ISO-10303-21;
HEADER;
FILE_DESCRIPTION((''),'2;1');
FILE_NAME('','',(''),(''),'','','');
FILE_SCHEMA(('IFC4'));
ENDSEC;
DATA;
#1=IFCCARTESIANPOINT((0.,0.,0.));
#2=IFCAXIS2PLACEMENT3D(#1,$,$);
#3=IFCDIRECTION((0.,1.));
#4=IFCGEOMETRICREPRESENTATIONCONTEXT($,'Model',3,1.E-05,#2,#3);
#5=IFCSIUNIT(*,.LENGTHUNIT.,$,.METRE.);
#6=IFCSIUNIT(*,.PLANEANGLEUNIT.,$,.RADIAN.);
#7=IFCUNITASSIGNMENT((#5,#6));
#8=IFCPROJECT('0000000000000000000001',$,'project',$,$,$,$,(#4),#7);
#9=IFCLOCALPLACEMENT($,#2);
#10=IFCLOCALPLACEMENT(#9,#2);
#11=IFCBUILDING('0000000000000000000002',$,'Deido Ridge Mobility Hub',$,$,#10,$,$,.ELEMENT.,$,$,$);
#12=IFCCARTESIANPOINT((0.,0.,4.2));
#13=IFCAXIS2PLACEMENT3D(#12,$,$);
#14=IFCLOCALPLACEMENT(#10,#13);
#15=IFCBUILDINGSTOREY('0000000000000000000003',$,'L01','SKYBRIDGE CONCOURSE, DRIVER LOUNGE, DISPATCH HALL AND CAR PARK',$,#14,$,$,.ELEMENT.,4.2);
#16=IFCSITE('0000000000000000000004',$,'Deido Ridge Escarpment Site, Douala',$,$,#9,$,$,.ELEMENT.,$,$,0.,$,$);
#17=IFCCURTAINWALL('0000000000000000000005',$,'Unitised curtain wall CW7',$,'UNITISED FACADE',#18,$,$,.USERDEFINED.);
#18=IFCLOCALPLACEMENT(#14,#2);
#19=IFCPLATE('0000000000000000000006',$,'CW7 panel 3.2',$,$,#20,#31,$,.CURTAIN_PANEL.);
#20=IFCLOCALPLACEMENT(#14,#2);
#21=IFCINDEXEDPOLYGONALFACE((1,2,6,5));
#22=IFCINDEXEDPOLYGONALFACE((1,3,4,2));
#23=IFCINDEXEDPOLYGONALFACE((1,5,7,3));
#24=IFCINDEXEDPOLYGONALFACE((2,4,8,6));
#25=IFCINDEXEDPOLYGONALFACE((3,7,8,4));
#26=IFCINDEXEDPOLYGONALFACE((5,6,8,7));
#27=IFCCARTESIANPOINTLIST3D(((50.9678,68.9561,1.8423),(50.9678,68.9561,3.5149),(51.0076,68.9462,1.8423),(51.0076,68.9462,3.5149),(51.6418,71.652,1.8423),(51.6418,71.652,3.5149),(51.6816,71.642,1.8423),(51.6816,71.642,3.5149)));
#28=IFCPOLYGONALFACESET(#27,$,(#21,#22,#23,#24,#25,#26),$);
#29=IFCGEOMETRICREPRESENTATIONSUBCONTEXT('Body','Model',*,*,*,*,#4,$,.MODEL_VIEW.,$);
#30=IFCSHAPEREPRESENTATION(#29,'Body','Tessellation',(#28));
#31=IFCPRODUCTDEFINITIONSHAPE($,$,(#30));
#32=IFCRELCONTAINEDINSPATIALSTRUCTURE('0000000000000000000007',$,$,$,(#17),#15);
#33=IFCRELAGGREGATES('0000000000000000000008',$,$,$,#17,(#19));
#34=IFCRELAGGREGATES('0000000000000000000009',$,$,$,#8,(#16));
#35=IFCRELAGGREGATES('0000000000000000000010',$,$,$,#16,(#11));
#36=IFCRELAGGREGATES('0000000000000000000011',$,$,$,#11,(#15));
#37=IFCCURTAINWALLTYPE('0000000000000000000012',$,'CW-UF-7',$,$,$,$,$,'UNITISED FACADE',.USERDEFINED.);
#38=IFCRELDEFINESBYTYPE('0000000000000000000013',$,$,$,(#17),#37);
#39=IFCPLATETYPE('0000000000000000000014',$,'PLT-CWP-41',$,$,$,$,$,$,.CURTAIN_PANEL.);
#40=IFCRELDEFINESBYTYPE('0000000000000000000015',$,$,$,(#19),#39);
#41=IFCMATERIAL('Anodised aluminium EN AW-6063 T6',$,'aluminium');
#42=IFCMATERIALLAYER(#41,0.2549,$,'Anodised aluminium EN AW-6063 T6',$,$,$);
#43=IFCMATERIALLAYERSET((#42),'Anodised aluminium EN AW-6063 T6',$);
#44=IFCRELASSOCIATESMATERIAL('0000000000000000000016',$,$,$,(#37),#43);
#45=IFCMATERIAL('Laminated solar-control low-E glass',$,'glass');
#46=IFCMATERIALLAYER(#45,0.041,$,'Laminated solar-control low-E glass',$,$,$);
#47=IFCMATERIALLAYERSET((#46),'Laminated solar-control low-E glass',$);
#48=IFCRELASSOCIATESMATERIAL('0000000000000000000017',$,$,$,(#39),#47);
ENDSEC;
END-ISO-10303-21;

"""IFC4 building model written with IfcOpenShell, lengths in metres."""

from ifc_helpers import new_model, si_unit, direction, frame, origin, origin_2d, place, context, subcontext, project, spatial, rectangle, extrude, material, layer, layer_set, type_object, element, aggregate, save


model = new_model("IFC4")

# Units and contexts
model_context = context("Model", 3, precision=1e-05, world=origin(), true_north=direction((0.0, 1.0)))
body_context = subcontext(model_context, "Body", "Model", "MODEL_VIEW")
ifc_project = project(units=[si_unit("LENGTHUNIT", "METRE"), si_unit("PLANEANGLEUNIT", "RADIAN")], contexts=[model_context])

# Site, building, storey
site_placement = place(None, origin())
site = spatial("IfcSite", under=ifc_project, at=site_placement, Name="Deido Ridge Escarpment Site, Douala", CompositionType="ELEMENT", RefElevation=0.0)
building_placement = place(site_placement, origin())
building = spatial("IfcBuilding", under=site, at=building_placement, Name="Deido Ridge Mobility Hub", CompositionType="ELEMENT")
storey_placement = place(building_placement, frame((0.0, 0.0, 4.2)))
storey = spatial("IfcBuildingStorey", under=building, at=storey_placement, Name="L01", Description="SKYBRIDGE CONCOURSE, DRIVER LOUNGE, DISPATCH HALL AND CAR PARK", CompositionType="ELEMENT", Elevation=4.2)

# Curtain wall
ifc_material_1 = material(Name="Anodised aluminium EN AW-6063 T6", Category="aluminium")
ifc_layer_1 = layer(ifc_material_1, 0.2549, Name="Anodised aluminium EN AW-6063 T6")
ifc_layer_set_1 = layer_set([ifc_layer_1], Name="Anodised aluminium EN AW-6063 T6")
curtain_wall_type_1 = type_object("IfcCurtainWallType", Name="CW-UF-7", ElementType="UNITISED FACADE", PredefinedType="USERDEFINED", material=ifc_layer_set_1)
curtain_wall_1_placement = place(storey_placement, origin())
curtain_wall_1 = element("IfcCurtainWall", 1, at=curtain_wall_1_placement, inside=storey, type_object=curtain_wall_type_1, Name="Unitised curtain wall CW7", ObjectType="UNITISED FACADE", PredefinedType="USERDEFINED")

# Plate
ifc_material_2 = material(Name="Laminated solar-control low-E glass", Category="glass")
ifc_layer_2 = layer(ifc_material_2, 0.041, Name="Laminated solar-control low-E glass")
ifc_layer_set_2 = layer_set([ifc_layer_2], Name="Laminated solar-control low-E glass")
plate_type_1 = type_object("IfcPlateType", Name="PLT-CWP-41", PredefinedType="CURTAIN_PANEL", material=ifc_layer_set_2)
plate_1_placement = place(storey_placement, frame((51.3247, 70.2991, 1.8423), z_axis=(0.0, 0.0, 1.0), x_axis=(0.242546, 0.97014, 0.0)))
plate_1 = element("IfcPlate", 2, at=plate_1_placement, type_object=plate_type_1, Name="CW7 panel 3.2", PredefinedType="CURTAIN_PANEL", context=body_context, shape_type="SweptSolid", body=[
    extrude(rectangle(XDim=2.7788, YDim=0.041, at=origin_2d()), origin(), (0.0, 0.0, 1.0), 1.6726),
])
aggregate(curtain_wall_1, [plate_1])

save(model, "model.ifc")
